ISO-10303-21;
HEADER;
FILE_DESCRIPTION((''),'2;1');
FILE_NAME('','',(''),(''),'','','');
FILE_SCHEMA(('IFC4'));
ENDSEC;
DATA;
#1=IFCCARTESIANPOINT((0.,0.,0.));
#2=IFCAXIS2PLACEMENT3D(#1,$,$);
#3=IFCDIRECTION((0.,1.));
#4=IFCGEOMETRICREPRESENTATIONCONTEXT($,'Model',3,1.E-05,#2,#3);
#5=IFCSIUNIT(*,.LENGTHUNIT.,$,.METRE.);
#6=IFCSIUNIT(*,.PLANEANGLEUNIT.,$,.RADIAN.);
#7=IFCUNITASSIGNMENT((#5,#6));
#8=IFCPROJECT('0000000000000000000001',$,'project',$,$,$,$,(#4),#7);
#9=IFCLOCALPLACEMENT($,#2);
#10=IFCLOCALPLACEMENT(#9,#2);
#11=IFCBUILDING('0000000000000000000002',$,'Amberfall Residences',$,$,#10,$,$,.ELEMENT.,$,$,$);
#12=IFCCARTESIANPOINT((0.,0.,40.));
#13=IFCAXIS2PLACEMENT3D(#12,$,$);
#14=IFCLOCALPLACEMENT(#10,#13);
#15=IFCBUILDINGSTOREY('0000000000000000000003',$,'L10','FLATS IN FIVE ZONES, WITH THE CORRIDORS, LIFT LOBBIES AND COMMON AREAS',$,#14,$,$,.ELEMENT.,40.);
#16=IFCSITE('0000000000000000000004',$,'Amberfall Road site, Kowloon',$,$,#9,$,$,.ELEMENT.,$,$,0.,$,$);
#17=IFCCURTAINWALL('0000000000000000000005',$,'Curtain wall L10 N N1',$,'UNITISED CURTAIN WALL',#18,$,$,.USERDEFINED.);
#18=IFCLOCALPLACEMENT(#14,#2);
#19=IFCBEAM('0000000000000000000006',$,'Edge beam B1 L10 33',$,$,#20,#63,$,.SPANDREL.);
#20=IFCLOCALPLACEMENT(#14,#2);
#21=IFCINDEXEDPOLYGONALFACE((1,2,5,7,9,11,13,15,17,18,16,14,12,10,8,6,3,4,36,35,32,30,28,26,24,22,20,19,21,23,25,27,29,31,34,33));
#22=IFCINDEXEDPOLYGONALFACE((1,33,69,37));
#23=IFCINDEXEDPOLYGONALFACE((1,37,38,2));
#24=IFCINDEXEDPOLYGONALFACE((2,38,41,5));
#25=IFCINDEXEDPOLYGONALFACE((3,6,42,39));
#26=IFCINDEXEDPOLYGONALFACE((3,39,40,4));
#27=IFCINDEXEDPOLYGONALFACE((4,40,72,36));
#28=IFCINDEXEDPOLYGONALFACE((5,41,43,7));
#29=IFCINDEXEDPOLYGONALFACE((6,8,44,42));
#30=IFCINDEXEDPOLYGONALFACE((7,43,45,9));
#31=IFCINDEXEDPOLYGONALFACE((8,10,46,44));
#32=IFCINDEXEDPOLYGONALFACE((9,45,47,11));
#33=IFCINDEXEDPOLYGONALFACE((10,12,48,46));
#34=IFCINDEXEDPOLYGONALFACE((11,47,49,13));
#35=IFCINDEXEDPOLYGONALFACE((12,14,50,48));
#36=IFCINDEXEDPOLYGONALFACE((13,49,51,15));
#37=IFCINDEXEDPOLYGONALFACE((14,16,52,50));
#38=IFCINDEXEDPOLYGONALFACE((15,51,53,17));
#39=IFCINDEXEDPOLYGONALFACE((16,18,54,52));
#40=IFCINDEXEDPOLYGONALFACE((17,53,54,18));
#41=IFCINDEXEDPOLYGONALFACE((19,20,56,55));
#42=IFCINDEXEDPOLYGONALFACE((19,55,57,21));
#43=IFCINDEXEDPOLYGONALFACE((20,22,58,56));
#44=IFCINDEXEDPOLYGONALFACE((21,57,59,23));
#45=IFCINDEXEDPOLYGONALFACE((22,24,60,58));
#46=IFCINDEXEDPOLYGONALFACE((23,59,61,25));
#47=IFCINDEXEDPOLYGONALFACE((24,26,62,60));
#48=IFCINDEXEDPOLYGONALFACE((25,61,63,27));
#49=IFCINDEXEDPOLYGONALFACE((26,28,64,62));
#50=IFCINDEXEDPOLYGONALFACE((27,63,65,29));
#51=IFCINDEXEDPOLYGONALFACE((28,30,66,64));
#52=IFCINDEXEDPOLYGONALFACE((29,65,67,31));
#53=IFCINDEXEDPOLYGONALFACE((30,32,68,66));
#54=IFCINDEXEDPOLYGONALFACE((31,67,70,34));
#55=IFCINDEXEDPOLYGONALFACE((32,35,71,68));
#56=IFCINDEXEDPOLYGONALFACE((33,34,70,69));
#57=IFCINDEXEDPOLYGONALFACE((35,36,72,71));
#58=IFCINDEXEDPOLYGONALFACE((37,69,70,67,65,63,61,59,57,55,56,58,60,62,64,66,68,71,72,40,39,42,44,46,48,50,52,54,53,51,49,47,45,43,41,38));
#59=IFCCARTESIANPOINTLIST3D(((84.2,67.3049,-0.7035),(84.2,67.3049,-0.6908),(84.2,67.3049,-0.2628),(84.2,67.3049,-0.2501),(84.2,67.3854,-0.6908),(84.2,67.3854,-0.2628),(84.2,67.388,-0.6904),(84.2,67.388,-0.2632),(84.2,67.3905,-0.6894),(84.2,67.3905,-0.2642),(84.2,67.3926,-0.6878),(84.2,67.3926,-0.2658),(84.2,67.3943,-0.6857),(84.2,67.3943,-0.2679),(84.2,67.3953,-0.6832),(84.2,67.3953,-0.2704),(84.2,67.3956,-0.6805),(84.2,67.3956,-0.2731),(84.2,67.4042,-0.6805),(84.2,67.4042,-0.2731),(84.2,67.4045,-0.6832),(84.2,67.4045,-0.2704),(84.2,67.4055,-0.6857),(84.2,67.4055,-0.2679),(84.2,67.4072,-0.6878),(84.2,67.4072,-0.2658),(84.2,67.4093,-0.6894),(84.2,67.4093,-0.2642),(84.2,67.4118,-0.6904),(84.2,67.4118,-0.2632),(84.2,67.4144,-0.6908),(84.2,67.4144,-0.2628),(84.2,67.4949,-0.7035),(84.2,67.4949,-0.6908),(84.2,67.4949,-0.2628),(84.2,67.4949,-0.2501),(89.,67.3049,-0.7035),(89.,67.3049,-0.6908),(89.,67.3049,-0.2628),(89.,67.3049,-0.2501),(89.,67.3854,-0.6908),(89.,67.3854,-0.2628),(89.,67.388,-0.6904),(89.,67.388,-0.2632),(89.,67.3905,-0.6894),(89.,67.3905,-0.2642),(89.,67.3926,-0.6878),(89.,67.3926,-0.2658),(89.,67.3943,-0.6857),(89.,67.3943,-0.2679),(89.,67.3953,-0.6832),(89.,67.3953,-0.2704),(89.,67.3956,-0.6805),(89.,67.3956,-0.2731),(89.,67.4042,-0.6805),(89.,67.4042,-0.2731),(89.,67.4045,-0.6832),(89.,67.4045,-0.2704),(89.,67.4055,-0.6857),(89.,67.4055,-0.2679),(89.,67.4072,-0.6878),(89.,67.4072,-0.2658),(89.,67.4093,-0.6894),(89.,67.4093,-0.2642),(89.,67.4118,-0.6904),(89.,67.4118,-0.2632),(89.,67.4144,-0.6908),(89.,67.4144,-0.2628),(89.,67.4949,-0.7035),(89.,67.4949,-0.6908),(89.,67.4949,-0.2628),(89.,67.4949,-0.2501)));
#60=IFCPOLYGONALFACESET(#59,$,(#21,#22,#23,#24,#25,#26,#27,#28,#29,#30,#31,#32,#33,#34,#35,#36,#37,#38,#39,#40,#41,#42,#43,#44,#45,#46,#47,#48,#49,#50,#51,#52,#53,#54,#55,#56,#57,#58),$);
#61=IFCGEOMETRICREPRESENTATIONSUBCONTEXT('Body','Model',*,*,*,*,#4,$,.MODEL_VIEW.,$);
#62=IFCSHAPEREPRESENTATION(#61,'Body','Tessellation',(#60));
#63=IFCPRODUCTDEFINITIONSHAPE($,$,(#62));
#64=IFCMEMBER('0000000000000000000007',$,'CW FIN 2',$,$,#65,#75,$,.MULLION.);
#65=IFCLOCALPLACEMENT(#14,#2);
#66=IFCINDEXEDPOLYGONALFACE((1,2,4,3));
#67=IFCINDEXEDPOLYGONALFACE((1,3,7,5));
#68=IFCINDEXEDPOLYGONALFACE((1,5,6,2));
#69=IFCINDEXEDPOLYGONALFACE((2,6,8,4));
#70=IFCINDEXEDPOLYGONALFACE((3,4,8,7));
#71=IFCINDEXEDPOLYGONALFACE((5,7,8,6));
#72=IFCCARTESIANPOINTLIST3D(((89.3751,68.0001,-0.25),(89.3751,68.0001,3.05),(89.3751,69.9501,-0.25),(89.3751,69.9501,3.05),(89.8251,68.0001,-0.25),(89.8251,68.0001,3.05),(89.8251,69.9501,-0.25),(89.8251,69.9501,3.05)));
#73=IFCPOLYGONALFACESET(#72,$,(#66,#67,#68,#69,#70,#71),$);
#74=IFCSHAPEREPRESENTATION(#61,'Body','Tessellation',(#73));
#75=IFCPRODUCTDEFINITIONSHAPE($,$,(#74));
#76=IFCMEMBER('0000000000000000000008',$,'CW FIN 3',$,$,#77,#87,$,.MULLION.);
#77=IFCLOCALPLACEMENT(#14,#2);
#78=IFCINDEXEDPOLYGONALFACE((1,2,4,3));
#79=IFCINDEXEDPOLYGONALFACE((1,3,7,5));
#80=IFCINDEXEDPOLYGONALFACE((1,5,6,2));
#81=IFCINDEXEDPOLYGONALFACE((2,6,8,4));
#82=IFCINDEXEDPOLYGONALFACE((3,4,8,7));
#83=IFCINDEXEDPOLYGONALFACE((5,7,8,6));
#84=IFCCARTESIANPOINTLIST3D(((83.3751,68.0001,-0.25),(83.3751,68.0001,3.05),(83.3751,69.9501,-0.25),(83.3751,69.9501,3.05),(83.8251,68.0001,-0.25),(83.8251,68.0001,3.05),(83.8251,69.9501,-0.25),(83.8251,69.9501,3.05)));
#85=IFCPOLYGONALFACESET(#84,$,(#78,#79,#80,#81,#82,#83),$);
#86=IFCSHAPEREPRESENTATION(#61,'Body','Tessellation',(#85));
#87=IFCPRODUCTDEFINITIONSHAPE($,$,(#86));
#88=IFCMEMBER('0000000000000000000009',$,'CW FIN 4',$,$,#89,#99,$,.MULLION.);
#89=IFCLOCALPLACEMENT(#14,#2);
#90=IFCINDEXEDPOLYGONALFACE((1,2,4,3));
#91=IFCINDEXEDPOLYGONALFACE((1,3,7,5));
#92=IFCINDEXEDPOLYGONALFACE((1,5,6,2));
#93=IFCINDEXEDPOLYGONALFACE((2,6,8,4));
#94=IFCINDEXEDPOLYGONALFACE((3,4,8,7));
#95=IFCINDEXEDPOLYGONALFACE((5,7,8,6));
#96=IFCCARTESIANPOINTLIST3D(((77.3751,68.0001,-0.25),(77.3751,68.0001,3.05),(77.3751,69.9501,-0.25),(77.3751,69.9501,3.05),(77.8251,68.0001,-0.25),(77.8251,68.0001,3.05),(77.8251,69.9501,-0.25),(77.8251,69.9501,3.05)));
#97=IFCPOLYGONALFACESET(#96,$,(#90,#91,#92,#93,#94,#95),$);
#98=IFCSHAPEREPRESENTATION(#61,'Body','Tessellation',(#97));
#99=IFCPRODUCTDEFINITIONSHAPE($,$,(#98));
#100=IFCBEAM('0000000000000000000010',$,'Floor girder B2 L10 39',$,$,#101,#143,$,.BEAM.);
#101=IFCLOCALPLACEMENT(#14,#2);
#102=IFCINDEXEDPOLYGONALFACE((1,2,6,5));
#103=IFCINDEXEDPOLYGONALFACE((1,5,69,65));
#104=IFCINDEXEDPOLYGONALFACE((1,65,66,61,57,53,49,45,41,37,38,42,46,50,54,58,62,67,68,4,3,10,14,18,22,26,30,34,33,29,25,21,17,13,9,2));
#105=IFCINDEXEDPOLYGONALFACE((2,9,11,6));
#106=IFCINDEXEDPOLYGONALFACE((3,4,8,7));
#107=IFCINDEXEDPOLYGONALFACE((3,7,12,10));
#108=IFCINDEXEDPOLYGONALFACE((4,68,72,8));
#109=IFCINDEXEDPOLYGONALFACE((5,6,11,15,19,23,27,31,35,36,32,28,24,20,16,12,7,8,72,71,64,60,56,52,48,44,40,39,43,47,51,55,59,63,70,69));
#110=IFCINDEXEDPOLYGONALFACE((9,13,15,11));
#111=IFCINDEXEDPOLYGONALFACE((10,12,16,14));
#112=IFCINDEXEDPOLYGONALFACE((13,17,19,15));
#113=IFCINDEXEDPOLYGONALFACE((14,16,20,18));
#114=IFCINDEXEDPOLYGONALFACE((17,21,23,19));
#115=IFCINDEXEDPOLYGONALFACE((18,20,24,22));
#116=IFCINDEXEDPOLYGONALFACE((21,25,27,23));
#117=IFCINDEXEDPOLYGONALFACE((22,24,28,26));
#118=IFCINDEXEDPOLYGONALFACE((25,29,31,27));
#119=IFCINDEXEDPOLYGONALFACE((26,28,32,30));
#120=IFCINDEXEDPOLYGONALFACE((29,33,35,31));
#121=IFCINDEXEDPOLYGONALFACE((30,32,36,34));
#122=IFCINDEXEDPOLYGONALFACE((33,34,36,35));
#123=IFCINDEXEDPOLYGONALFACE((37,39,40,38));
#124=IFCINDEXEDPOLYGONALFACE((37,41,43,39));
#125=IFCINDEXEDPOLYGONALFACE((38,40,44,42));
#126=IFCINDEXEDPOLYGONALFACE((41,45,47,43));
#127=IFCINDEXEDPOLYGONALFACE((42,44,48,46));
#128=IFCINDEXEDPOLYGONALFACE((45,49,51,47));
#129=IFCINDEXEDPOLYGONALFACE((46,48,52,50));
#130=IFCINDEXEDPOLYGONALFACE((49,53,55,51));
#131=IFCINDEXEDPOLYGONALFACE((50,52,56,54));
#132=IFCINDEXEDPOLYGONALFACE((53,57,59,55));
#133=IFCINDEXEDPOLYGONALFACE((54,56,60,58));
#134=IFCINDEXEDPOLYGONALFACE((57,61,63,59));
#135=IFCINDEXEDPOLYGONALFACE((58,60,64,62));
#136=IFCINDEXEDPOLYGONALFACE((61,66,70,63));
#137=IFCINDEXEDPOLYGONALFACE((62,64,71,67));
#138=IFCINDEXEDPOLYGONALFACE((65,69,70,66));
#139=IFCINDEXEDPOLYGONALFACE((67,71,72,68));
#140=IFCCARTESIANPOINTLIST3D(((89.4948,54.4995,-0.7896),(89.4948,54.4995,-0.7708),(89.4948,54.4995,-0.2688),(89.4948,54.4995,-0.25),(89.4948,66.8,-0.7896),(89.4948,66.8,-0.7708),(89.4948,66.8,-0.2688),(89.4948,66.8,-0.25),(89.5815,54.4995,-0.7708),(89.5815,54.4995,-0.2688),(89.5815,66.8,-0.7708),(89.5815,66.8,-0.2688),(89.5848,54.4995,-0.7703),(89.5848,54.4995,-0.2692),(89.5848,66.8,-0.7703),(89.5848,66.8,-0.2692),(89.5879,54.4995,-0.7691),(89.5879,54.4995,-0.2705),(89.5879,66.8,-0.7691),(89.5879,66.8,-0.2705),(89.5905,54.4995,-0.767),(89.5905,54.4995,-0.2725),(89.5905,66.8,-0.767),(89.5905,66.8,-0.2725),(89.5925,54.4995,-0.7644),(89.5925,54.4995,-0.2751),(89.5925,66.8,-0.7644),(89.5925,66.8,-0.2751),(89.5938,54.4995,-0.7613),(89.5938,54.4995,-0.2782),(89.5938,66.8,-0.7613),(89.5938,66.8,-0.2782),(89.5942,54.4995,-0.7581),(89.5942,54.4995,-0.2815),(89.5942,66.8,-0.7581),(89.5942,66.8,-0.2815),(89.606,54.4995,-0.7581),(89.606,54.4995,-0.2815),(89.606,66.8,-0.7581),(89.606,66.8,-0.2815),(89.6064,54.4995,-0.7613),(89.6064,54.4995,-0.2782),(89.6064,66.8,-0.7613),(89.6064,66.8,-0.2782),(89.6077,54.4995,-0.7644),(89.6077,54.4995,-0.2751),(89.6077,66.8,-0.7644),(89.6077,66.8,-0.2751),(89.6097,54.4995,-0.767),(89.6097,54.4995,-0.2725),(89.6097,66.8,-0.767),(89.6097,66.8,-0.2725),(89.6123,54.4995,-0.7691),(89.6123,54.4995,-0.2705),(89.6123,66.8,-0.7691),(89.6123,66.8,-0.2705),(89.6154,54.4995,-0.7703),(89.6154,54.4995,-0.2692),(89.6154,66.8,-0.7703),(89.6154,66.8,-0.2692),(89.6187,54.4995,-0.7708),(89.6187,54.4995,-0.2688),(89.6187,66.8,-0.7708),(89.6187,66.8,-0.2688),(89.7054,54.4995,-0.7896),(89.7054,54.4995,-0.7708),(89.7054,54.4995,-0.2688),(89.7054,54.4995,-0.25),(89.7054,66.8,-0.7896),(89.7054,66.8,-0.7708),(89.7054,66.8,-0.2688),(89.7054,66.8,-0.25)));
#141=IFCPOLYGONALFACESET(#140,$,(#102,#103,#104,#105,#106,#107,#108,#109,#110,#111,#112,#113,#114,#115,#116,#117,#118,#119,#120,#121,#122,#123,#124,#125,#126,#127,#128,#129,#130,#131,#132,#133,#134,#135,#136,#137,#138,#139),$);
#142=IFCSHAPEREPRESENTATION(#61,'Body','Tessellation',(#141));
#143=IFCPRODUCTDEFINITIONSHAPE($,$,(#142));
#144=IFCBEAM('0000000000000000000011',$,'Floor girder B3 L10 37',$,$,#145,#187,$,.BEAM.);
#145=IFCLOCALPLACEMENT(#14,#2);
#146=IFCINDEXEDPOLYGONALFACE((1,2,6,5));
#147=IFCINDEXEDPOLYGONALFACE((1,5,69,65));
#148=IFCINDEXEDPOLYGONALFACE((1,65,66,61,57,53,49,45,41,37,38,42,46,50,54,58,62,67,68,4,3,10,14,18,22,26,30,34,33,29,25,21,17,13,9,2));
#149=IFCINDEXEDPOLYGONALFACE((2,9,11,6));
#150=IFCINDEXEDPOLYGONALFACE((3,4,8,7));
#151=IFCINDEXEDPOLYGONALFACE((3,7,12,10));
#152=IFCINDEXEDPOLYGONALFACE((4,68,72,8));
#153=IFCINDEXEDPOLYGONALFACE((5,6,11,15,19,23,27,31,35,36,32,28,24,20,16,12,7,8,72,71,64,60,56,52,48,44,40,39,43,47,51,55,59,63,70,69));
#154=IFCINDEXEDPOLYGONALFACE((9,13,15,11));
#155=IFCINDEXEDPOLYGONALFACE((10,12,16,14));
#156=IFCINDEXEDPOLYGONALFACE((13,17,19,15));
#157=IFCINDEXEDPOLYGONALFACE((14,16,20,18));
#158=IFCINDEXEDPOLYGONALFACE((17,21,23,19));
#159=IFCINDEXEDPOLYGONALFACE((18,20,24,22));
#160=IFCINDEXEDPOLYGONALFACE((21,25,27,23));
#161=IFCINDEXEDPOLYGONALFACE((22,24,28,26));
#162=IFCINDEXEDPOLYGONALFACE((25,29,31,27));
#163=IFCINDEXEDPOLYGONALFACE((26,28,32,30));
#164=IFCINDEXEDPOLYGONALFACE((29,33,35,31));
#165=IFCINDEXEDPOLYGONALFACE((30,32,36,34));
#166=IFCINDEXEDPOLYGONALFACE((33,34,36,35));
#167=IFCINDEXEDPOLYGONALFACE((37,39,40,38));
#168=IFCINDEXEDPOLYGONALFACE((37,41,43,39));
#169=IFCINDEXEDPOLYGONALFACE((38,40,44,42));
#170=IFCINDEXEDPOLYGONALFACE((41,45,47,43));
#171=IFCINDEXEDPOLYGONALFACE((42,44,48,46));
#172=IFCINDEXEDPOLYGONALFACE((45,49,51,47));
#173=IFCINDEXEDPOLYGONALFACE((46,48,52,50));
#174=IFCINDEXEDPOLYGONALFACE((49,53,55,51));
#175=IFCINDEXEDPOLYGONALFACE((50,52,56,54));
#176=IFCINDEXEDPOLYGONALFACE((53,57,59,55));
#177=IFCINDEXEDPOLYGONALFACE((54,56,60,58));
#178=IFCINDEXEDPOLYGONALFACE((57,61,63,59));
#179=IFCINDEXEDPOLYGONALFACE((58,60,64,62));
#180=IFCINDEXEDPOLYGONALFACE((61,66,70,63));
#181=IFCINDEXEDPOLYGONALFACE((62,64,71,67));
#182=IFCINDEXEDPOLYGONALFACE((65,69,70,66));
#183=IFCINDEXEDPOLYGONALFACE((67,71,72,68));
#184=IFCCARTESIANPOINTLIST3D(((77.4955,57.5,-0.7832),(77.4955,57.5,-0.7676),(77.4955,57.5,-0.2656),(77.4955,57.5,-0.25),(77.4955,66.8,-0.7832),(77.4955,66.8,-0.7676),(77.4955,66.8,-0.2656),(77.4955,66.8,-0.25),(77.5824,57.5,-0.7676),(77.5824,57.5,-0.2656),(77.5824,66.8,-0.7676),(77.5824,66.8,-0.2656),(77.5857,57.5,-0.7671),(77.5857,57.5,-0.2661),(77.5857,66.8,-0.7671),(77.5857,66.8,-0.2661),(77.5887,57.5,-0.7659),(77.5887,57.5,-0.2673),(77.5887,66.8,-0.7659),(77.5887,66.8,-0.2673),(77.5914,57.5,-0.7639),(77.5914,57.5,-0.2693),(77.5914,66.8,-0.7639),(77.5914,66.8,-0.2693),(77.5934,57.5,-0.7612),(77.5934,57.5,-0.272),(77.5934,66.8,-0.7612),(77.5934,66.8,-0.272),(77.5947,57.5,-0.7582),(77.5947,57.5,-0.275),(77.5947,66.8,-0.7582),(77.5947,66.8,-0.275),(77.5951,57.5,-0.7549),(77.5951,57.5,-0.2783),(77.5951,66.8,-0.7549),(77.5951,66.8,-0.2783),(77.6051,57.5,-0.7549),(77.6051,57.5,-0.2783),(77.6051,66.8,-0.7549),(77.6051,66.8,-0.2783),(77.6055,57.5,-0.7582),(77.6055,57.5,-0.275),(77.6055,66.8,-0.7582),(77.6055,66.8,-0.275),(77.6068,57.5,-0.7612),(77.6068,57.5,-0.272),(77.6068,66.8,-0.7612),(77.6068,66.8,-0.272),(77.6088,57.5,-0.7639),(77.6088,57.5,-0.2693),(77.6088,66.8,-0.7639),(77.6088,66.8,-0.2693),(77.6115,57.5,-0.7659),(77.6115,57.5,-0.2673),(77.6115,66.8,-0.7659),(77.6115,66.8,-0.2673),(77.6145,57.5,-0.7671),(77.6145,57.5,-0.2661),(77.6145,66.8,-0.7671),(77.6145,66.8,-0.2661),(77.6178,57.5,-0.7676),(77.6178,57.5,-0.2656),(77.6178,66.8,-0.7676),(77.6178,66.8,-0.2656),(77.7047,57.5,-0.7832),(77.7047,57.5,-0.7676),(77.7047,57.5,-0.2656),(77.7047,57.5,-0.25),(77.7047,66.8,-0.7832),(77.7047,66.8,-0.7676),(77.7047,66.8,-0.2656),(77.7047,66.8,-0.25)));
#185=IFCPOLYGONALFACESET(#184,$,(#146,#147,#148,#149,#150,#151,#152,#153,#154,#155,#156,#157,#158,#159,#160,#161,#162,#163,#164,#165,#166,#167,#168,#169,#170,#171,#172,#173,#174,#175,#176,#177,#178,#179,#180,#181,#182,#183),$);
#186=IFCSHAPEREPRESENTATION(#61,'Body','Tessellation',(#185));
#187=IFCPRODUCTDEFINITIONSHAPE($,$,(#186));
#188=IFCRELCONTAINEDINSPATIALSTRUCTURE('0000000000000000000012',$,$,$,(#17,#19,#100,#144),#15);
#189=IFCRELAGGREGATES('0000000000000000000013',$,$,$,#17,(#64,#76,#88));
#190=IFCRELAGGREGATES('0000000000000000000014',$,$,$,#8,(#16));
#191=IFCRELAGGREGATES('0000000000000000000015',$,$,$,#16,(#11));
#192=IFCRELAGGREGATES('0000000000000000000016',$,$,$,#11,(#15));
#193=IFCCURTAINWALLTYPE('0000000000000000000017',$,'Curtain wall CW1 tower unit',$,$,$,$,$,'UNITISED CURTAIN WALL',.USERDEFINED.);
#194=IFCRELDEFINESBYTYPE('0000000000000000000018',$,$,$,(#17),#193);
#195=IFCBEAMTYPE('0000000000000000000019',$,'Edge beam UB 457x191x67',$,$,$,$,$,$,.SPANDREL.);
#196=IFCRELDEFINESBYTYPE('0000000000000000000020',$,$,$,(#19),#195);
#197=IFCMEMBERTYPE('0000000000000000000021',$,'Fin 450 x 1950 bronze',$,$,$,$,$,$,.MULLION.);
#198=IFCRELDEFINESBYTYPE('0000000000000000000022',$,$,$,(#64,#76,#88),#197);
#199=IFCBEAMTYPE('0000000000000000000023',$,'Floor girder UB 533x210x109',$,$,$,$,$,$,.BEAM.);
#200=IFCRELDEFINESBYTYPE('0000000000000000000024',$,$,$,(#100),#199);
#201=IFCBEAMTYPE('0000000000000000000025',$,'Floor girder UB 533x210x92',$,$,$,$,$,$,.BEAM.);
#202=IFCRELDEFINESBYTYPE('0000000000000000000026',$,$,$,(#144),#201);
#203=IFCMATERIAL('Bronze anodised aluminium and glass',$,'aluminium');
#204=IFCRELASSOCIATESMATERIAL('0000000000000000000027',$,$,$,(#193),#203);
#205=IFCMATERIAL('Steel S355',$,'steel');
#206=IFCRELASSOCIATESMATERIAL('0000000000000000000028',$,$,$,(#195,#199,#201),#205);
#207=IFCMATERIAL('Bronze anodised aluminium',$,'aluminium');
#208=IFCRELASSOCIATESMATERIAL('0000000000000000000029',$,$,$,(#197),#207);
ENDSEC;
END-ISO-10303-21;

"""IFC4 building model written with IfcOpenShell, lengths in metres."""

from ifc_helpers import new_model, si_unit, direction, frame, origin, origin_2d, place, context, subcontext, project, spatial, rectangle, i_section, extrude, material, material_profile, profile_set, type_object, element, aggregate, save


model = new_model("IFC4")

# Units and contexts
model_context = context("Model", 3, precision=1e-05, world=origin(), true_north=direction((0.0, 1.0)))
body_context = subcontext(model_context, "Body", "Model", "MODEL_VIEW")
ifc_project = project(units=[si_unit("LENGTHUNIT", "METRE"), si_unit("PLANEANGLEUNIT", "RADIAN")], contexts=[model_context])

# Site, building, storey
site_placement = place(None, origin())
site = spatial("IfcSite", under=ifc_project, at=site_placement, Name="Amberfall Road site, Kowloon", CompositionType="ELEMENT", RefElevation=0.0)
building_placement = place(site_placement, origin())
building = spatial("IfcBuilding", under=site, at=building_placement, Name="Amberfall Residences", CompositionType="ELEMENT")
storey_placement = place(building_placement, frame((0.0, 0.0, 40.0)))
storey = spatial("IfcBuildingStorey", under=building, at=storey_placement, Name="L10", Description="FLATS IN FIVE ZONES, WITH THE CORRIDORS, LIFT LOBBIES AND COMMON AREAS", CompositionType="ELEMENT", Elevation=40.0)

# Curtain wall
ifc_material_1 = material(Name="Bronze anodised aluminium and glass", Category="aluminium")
curtain_wall_type = type_object("IfcCurtainWallType", Name="Curtain wall CW1 tower unit", ElementType="UNITISED CURTAIN WALL", PredefinedType="USERDEFINED", material=ifc_material_1)
curtain_wall_placement = place(storey_placement, origin())
curtain_wall = element("IfcCurtainWall", 1, at=curtain_wall_placement, inside=storey, type_object=curtain_wall_type, Name="Curtain wall L10 N N1", ObjectType="UNITISED CURTAIN WALL", PredefinedType="USERDEFINED")
ifc_material_2 = material(Name="Bronze anodised aluminium", Category="aluminium")

# Beam
ifc_material_3 = material(Name="Steel S355", Category="steel")
ifc_material_profile_1 = material_profile(ifc_material_3, i_section(OverallWidth=0.1899, OverallDepth=0.4534, WebThickness=0.0085, FlangeThickness=0.0127, FilletRadius=0.0103, at=origin_2d()), Name="UB 457x191x67")
ifc_profile_set_1 = profile_set([ifc_material_profile_1], Name="Steel S355")
beam_type_1 = type_object("IfcBeamType", Name="Edge beam UB 457x191x67", PredefinedType="SPANDREL", material=ifc_profile_set_1)
for number, where, z_axis, x_axis, name in (
    (2, (84.2, 67.3999, -0.4768), (1.0, 0.0, 0.0), (0.0, 1.0, 0.0), "Edge beam B1 L10 33"),
):
    element("IfcBeam", number, at=place(storey_placement, frame(where, z_axis=z_axis, x_axis=x_axis)), inside=storey, type_object=beam_type_1, Name=name, PredefinedType="SPANDREL", context=body_context, shape_type="SweptSolid", body=[
        extrude(i_section(OverallWidth=0.1899, OverallDepth=0.4534, WebThickness=0.0085, FlangeThickness=0.0127, FilletRadius=0.0103, at=origin_2d()), origin(), (0.0, 0.0, 1.0), 4.8),
    ])

# Members
ifc_material_profile_2 = material_profile(ifc_material_2, rectangle(XDim=1.95, YDim=0.45, at=origin_2d()), Name="Fin 450 x 1950 bronze")
ifc_profile_set_2 = profile_set([ifc_material_profile_2], Name="Bronze anodised aluminium")
member_type_1 = type_object("IfcMemberType", Name="Fin 450 x 1950 bronze", PredefinedType="MULLION", material=ifc_profile_set_2)
member_1_placement = place(storey_placement, frame((89.6001, 68.9751, -0.25), z_axis=(0.0, 0.0, 1.0), x_axis=(0.0, -1.0, 0.0)))
member_1 = element("IfcMember", 3, at=member_1_placement, type_object=member_type_1, Name="CW FIN 2", PredefinedType="MULLION", context=body_context, shape_type="SweptSolid", body=[
    extrude(rectangle(XDim=1.95, YDim=0.45, at=origin_2d()), origin(), (0.0, 0.0, 1.0), 3.3),
])
member_2_placement = place(storey_placement, frame((83.6001, 68.9751, -0.25), z_axis=(0.0, 0.0, 1.0), x_axis=(0.0, -1.0, 0.0)))
member_2 = element("IfcMember", 4, at=member_2_placement, type_object=member_type_1, Name="CW FIN 3", PredefinedType="MULLION", context=body_context, shape_type="SweptSolid", body=[
    extrude(rectangle(XDim=1.95, YDim=0.45, at=origin_2d()), origin(), (0.0, 0.0, 1.0), 3.3),
])
member_3_placement = place(storey_placement, frame((77.6001, 68.9751, -0.25), z_axis=(0.0, 0.0, 1.0), x_axis=(0.0, -1.0, 0.0)))
member_3 = element("IfcMember", 5, at=member_3_placement, type_object=member_type_1, Name="CW FIN 4", PredefinedType="MULLION", context=body_context, shape_type="SweptSolid", body=[
    extrude(rectangle(XDim=1.95, YDim=0.45, at=origin_2d()), origin(), (0.0, 0.0, 1.0), 3.3),
])

# Beams
ifc_material_profile_3 = material_profile(ifc_material_3, i_section(OverallWidth=0.2107, OverallDepth=0.5396, WebThickness=0.0117, FlangeThickness=0.0188, FilletRadius=0.0127, at=origin_2d()), Name="UB 533x210x109")
ifc_profile_set_3 = profile_set([ifc_material_profile_3], Name="Steel S355")
beam_type_2 = type_object("IfcBeamType", Name="Floor girder UB 533x210x109", PredefinedType="BEAM", material=ifc_profile_set_3)
beam_placement = place(storey_placement, frame((89.6001, 66.8, -0.5198), z_axis=(0.0, -1.0, 0.0), x_axis=(1.0, 0.0, 0.0)))
element("IfcBeam", 6, at=beam_placement, inside=storey, type_object=beam_type_2, Name="Floor girder B2 L10 39", PredefinedType="BEAM", context=body_context, shape_type="SweptSolid", body=[
    extrude(i_section(OverallWidth=0.2107, OverallDepth=0.5396, WebThickness=0.0117, FlangeThickness=0.0188, FilletRadius=0.0127, at=origin_2d()), origin(), (0.0, 0.0, 1.0), 12.3005),
])
ifc_material_profile_4 = material_profile(ifc_material_3, i_section(OverallWidth=0.2092, OverallDepth=0.5332, WebThickness=0.01, FlangeThickness=0.0156, FilletRadius=0.0127, at=origin_2d()), Name="UB 533x210x92")
ifc_profile_set_4 = profile_set([ifc_material_profile_4], Name="Steel S355")
beam_type_3 = type_object("IfcBeamType", Name="Floor girder UB 533x210x92", PredefinedType="BEAM", material=ifc_profile_set_4)
for number, where, z_axis, x_axis, name in (
    (7, (77.6001, 66.8, -0.5166), (0.0, -1.0, 0.0), (1.0, 0.0, 0.0), "Floor girder B3 L10 37"),
):
    element("IfcBeam", number, at=place(storey_placement, frame(where, z_axis=z_axis, x_axis=x_axis)), inside=storey, type_object=beam_type_3, Name=name, PredefinedType="BEAM", context=body_context, shape_type="SweptSolid", body=[
        extrude(i_section(OverallWidth=0.2092, OverallDepth=0.5332, WebThickness=0.01, FlangeThickness=0.0156, FilletRadius=0.0127, at=origin_2d()), origin(), (0.0, 0.0, 1.0), 9.3),
    ])

aggregate(curtain_wall, [member_1, member_2, member_3])

save(model, "model.ifc")
